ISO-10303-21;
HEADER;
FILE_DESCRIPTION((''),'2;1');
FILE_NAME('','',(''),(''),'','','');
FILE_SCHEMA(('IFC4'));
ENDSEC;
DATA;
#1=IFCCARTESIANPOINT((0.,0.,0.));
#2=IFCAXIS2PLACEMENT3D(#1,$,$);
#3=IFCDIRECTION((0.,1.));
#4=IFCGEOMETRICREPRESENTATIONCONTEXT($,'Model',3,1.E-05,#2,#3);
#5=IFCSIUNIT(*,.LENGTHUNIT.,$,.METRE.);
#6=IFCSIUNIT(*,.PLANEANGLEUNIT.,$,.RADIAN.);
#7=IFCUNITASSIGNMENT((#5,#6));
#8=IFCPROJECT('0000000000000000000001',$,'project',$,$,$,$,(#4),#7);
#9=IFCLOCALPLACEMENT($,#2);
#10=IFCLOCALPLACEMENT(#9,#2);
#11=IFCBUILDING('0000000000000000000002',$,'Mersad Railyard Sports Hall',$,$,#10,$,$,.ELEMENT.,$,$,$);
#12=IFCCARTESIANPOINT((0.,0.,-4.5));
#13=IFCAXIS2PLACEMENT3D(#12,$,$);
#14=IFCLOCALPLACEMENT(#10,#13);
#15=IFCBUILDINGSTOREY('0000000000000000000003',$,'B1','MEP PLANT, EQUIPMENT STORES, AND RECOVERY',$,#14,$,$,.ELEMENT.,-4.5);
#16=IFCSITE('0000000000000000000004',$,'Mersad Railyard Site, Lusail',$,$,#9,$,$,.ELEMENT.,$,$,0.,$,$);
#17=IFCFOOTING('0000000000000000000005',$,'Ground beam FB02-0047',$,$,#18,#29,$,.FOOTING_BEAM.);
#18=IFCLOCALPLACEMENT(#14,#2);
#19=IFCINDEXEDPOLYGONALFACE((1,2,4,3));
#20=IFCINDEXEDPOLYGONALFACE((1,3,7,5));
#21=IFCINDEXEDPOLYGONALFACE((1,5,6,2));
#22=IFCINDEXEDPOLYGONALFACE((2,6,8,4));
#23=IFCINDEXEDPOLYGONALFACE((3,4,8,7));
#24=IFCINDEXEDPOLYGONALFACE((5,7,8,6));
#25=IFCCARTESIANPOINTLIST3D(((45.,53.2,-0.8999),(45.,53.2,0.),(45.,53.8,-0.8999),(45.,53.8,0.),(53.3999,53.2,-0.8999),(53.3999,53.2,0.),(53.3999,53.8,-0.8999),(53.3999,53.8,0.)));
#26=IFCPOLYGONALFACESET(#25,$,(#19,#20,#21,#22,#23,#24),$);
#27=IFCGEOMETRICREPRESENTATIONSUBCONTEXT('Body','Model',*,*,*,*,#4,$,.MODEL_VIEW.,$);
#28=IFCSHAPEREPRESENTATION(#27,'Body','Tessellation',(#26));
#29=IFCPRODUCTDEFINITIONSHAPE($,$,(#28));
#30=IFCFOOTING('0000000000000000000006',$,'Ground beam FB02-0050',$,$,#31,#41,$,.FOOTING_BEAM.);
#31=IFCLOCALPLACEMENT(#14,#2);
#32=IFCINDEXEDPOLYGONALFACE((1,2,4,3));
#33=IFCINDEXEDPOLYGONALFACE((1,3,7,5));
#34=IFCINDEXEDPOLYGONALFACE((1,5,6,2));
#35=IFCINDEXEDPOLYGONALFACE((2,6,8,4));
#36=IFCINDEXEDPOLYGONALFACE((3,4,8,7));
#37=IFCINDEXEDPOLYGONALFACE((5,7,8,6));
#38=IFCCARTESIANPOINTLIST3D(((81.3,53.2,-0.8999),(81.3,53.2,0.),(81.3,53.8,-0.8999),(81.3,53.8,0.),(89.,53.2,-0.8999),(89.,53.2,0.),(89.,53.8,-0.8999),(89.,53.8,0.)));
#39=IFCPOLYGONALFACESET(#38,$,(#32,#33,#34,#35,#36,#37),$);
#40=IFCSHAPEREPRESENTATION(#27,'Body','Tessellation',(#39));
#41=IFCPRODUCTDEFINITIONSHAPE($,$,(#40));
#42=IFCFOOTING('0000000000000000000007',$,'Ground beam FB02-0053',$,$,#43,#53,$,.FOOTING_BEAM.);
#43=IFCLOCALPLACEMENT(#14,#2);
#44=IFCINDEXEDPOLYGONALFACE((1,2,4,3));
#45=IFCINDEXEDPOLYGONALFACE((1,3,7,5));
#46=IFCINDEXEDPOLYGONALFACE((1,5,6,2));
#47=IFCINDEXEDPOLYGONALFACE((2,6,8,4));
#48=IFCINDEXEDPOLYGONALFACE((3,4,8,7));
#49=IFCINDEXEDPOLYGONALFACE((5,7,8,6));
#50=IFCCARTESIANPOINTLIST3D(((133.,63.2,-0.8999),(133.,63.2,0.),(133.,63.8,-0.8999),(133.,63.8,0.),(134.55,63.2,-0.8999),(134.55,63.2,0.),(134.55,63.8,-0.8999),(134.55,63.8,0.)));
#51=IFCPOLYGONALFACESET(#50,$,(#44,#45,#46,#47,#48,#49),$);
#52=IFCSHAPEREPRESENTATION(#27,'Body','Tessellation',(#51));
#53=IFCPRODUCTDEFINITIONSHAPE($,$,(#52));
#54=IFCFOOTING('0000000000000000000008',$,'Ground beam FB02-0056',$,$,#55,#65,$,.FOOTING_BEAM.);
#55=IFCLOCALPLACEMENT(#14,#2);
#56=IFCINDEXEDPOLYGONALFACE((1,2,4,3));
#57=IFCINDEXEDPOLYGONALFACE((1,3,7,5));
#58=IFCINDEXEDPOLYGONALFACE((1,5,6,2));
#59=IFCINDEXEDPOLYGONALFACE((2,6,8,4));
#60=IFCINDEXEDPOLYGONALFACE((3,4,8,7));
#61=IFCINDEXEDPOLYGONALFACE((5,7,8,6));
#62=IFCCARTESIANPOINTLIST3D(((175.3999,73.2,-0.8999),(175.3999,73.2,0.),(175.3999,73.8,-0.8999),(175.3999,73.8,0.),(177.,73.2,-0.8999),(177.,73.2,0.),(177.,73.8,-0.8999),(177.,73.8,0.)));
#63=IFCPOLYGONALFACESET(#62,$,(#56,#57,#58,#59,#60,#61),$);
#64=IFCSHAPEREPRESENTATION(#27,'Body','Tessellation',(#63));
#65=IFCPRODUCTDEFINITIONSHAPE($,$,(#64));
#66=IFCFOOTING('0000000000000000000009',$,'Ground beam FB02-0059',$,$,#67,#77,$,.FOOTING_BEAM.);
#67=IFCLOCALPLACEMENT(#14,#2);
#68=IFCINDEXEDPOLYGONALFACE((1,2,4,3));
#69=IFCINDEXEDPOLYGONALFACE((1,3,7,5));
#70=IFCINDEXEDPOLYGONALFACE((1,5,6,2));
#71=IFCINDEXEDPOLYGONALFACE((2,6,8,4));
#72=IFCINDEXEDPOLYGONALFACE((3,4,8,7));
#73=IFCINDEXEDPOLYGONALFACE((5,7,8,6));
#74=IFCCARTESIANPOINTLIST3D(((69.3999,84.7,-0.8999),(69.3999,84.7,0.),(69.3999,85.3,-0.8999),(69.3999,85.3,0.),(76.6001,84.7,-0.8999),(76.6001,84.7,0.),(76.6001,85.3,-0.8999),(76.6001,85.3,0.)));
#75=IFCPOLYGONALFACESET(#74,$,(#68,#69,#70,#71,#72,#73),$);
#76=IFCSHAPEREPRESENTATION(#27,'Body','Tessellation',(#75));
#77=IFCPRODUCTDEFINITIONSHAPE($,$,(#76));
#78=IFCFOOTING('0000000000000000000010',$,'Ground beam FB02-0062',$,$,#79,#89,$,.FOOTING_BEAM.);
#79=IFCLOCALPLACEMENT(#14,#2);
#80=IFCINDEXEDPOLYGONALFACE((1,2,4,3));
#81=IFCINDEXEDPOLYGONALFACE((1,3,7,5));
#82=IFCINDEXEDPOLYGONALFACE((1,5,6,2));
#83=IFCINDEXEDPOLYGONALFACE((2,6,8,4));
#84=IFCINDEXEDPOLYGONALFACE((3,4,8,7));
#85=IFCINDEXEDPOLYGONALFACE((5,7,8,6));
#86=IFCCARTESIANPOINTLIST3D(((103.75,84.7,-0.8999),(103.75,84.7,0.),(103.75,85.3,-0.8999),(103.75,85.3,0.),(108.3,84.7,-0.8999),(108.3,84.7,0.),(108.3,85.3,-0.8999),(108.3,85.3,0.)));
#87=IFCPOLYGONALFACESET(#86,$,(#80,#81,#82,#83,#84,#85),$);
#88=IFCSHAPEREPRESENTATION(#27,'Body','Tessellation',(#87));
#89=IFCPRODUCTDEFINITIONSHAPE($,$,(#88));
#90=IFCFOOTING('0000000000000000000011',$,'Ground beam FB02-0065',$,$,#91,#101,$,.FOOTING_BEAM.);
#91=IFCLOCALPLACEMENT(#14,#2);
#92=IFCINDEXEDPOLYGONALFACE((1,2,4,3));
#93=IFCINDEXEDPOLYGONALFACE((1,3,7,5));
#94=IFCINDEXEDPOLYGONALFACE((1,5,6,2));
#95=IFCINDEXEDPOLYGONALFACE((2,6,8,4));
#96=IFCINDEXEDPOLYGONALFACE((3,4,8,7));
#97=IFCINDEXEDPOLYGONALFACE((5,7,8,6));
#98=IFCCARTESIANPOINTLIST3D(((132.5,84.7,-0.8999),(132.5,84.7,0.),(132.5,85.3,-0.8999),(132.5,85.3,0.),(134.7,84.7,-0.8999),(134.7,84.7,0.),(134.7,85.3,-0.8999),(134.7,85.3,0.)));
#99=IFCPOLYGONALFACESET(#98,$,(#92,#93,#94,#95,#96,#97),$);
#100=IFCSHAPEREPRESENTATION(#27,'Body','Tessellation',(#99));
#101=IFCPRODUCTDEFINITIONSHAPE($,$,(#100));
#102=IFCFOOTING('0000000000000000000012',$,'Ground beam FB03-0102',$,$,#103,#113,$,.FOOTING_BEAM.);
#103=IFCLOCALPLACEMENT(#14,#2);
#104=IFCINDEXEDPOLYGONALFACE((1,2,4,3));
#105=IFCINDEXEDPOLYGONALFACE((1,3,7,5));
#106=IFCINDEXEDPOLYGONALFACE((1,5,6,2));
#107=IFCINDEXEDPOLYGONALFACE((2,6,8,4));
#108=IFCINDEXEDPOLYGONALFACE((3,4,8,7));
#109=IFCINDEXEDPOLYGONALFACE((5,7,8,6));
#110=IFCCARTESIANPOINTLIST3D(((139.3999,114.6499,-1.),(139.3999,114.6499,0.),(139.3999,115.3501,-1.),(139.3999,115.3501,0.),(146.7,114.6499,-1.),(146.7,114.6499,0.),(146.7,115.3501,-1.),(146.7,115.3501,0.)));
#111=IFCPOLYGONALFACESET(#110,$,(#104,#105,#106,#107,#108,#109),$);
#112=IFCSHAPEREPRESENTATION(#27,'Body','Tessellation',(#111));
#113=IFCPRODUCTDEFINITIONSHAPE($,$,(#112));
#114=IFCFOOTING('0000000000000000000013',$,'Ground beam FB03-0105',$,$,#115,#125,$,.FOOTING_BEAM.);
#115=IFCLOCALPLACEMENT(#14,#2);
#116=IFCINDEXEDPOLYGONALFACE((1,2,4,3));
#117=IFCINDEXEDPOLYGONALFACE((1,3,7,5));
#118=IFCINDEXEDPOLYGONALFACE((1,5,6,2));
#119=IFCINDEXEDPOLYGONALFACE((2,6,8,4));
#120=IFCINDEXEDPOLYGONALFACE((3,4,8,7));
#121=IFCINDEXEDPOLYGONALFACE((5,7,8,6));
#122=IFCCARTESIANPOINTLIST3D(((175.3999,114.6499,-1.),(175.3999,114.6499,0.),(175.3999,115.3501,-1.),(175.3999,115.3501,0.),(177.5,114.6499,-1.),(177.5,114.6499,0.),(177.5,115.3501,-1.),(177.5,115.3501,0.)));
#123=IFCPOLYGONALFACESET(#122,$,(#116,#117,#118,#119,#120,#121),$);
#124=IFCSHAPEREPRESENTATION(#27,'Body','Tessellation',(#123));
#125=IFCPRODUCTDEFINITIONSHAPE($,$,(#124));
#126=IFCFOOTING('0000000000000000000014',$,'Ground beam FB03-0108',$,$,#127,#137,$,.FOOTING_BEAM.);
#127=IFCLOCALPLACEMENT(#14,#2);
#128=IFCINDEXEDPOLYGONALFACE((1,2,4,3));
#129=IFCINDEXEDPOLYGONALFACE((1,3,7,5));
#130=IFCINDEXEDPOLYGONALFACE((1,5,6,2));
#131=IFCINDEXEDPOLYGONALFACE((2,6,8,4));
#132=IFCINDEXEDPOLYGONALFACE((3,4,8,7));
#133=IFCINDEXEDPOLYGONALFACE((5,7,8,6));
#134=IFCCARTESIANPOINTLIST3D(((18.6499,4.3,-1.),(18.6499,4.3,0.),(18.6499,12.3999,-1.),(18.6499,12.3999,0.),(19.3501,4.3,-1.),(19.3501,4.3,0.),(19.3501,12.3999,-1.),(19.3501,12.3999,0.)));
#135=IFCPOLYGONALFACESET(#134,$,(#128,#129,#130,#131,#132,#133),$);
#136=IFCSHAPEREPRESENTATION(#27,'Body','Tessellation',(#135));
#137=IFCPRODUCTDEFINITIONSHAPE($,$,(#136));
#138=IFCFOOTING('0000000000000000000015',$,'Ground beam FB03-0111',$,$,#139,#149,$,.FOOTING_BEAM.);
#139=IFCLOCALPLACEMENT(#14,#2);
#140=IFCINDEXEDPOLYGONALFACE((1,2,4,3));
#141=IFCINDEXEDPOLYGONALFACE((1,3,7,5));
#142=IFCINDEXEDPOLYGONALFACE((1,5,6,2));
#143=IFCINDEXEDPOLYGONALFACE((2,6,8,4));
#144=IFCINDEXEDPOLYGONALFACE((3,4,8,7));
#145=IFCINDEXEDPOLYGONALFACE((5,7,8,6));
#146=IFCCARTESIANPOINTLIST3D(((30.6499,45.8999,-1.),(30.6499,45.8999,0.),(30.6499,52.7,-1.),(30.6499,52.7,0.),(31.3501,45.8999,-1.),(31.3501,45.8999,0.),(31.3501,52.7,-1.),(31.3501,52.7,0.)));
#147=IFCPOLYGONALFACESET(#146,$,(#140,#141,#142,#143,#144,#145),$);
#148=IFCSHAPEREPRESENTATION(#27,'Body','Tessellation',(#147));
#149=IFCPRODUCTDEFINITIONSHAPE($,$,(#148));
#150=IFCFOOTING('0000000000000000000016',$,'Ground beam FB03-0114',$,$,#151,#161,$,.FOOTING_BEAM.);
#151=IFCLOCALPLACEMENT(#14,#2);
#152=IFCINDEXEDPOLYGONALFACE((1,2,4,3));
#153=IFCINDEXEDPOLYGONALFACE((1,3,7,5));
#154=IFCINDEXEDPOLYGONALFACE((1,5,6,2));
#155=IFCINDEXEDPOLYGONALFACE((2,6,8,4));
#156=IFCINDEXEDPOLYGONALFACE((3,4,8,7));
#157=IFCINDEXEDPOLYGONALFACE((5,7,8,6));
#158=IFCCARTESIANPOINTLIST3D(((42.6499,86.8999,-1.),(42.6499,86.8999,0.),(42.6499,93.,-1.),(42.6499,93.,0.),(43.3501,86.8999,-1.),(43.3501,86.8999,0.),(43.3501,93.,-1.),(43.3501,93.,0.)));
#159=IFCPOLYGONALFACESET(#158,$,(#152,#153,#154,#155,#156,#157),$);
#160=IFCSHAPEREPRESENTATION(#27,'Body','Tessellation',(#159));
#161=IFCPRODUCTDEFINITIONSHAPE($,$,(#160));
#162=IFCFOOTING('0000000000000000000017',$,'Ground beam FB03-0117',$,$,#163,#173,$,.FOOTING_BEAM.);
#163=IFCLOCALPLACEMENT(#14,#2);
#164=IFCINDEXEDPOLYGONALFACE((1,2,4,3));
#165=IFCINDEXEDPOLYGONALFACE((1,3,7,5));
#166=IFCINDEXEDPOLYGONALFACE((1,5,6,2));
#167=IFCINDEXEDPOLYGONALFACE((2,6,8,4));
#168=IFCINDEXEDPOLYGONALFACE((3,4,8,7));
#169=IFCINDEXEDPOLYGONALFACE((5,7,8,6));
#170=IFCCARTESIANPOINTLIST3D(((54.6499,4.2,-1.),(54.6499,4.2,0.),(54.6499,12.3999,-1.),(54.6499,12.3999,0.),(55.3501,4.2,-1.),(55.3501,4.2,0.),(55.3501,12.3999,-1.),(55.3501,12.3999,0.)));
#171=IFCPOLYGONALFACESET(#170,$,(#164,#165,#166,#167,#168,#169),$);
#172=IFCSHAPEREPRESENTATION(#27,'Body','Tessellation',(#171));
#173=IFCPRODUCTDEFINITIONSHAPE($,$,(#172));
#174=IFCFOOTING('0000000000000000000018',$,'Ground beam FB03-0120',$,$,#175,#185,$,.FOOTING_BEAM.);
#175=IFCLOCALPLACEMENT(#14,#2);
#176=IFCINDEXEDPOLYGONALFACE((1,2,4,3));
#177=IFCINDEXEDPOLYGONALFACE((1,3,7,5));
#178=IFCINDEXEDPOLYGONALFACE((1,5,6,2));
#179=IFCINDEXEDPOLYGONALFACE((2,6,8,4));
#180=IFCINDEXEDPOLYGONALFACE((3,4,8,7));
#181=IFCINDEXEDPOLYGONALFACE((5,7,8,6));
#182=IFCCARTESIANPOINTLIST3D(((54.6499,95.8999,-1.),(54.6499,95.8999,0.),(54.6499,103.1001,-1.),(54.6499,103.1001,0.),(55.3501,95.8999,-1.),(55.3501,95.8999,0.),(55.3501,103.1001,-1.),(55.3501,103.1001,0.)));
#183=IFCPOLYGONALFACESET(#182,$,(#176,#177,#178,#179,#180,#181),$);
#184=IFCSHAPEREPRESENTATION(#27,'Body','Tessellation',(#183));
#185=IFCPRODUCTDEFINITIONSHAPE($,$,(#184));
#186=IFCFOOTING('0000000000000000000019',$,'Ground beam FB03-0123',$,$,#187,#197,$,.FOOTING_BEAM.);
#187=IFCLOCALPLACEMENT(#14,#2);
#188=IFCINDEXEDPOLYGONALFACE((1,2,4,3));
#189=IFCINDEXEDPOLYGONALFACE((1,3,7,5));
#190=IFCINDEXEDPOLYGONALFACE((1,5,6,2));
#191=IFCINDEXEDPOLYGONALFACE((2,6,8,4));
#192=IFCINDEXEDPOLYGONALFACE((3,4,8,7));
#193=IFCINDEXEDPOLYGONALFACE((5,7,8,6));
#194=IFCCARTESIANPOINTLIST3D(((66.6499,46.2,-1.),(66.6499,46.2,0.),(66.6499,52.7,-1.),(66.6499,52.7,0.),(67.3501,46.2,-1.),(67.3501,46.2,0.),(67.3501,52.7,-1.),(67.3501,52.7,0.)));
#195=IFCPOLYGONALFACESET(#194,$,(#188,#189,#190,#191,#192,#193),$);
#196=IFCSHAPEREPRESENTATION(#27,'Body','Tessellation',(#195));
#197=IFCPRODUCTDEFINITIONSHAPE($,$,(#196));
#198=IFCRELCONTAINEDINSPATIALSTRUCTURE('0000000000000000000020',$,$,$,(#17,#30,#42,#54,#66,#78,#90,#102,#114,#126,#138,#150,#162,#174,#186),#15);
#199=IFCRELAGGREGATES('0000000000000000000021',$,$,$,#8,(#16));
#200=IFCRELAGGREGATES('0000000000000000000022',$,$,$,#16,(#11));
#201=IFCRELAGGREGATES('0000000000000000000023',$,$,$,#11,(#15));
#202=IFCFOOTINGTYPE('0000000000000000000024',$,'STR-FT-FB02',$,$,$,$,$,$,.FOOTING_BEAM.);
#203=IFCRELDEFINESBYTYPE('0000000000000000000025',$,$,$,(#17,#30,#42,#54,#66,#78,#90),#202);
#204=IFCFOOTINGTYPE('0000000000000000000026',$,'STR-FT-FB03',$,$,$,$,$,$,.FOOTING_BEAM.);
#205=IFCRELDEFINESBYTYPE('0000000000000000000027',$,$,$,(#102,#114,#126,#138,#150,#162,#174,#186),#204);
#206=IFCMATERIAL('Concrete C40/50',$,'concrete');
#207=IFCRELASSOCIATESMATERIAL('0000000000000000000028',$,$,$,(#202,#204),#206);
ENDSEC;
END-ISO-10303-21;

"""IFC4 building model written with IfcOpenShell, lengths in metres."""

from ifc_helpers import new_model, si_unit, direction, frame, origin, place, context, subcontext, project, spatial, polyline, outline, extrude, material, type_object, element, save


model = new_model("IFC4")

# Units and contexts
model_context = context("Model", 3, precision=1e-05, world=origin(), true_north=direction((0.0, 1.0)))
body_context = subcontext(model_context, "Body", "Model", "MODEL_VIEW")
ifc_project = project(units=[si_unit("LENGTHUNIT", "METRE"), si_unit("PLANEANGLEUNIT", "RADIAN")], contexts=[model_context])

# Site, building, storey
site_placement = place(None, origin())
site = spatial("IfcSite", under=ifc_project, at=site_placement, Name="Mersad Railyard Site, Lusail", CompositionType="ELEMENT", RefElevation=0.0)
building_placement = place(site_placement, origin())
building = spatial("IfcBuilding", under=site, at=building_placement, Name="Mersad Railyard Sports Hall", CompositionType="ELEMENT")
storey_placement = place(building_placement, frame((0.0, 0.0, -4.5)))
storey = spatial("IfcBuildingStorey", under=building, at=storey_placement, Name="B1", Description="MEP PLANT, EQUIPMENT STORES, AND RECOVERY", CompositionType="ELEMENT", Elevation=-4.5)

# Footings
ifc_material = material(Name="Concrete C40/50", Category="concrete")
footing_type_1 = type_object("IfcFootingType", Name="STR-FT-FB02", PredefinedType="FOOTING_BEAM", material=ifc_material)
footing_1_placement = place(storey_placement, frame((0.0, 0.0, -0.8999)))
element("IfcFooting", 1, at=footing_1_placement, inside=storey, type_object=footing_type_1, Name="Ground beam FB02-0047", PredefinedType="FOOTING_BEAM", context=body_context, shape_type="SweptSolid", body=[
    extrude(outline(polyline([(45.0, 53.2), (53.3999, 53.2), (53.3999, 53.8), (45.0, 53.8), (45.0, 53.2)])), origin(), (0.0, 0.0, 1.0), 0.8999),
])
footing_2_placement = place(storey_placement, frame((0.0, 0.0, -0.8999)))
element("IfcFooting", 2, at=footing_2_placement, inside=storey, type_object=footing_type_1, Name="Ground beam FB02-0050", PredefinedType="FOOTING_BEAM", context=body_context, shape_type="SweptSolid", body=[
    extrude(outline(polyline([(81.3, 53.2), (89.0, 53.2), (89.0, 53.8), (81.3, 53.8), (81.3, 53.2)])), origin(), (0.0, 0.0, 1.0), 0.8999),
])
footing_3_placement = place(storey_placement, frame((0.0, 0.0, -0.8999)))
element("IfcFooting", 3, at=footing_3_placement, inside=storey, type_object=footing_type_1, Name="Ground beam FB02-0053", PredefinedType="FOOTING_BEAM", context=body_context, shape_type="SweptSolid", body=[
    extrude(outline(polyline([(133.0, 63.2), (134.55, 63.2), (134.55, 63.8), (133.0, 63.8), (133.0, 63.2)])), origin(), (0.0, 0.0, 1.0), 0.8999),
])
footing_4_placement = place(storey_placement, frame((0.0, 0.0, -0.8999)))
element("IfcFooting", 4, at=footing_4_placement, inside=storey, type_object=footing_type_1, Name="Ground beam FB02-0056", PredefinedType="FOOTING_BEAM", context=body_context, shape_type="SweptSolid", body=[
    extrude(outline(polyline([(175.3999, 73.2), (177.0, 73.2), (177.0, 73.8), (175.3999, 73.8), (175.3999, 73.2)])), origin(), (0.0, 0.0, 1.0), 0.8999),
])
footing_5_placement = place(storey_placement, frame((0.0, 0.0, -0.8999)))
element("IfcFooting", 5, at=footing_5_placement, inside=storey, type_object=footing_type_1, Name="Ground beam FB02-0059", PredefinedType="FOOTING_BEAM", context=body_context, shape_type="SweptSolid", body=[
    extrude(outline(polyline([(69.3999, 84.7), (76.6001, 84.7), (76.6001, 85.3), (69.3999, 85.3), (69.3999, 84.7)])), origin(), (0.0, 0.0, 1.0), 0.8999),
])
footing_6_placement = place(storey_placement, frame((0.0, 0.0, -0.8999)))
element("IfcFooting", 6, at=footing_6_placement, inside=storey, type_object=footing_type_1, Name="Ground beam FB02-0062", PredefinedType="FOOTING_BEAM", context=body_context, shape_type="SweptSolid", body=[
    extrude(outline(polyline([(103.75, 84.7), (108.3, 84.7), (108.3, 85.3), (103.75, 85.3), (103.75, 84.7)])), origin(), (0.0, 0.0, 1.0), 0.8999),
])
footing_7_placement = place(storey_placement, frame((0.0, 0.0, -0.8999)))
element("IfcFooting", 7, at=footing_7_placement, inside=storey, type_object=footing_type_1, Name="Ground beam FB02-0065", PredefinedType="FOOTING_BEAM", context=body_context, shape_type="SweptSolid", body=[
    extrude(outline(polyline([(132.5, 84.7), (134.7, 84.7), (134.7, 85.3), (132.5, 85.3), (132.5, 84.7)])), origin(), (0.0, 0.0, 1.0), 0.8999),
])
footing_type_2 = type_object("IfcFootingType", Name="STR-FT-FB03", PredefinedType="FOOTING_BEAM", material=ifc_material)
footing_8_placement = place(storey_placement, frame((0.0, 0.0, -1.0)))
element("IfcFooting", 8, at=footing_8_placement, inside=storey, type_object=footing_type_2, Name="Ground beam FB03-0102", PredefinedType="FOOTING_BEAM", context=body_context, shape_type="SweptSolid", body=[
    extrude(outline(polyline([(139.3999, 114.6499), (146.7, 114.6499), (146.7, 115.3501), (139.3999, 115.3501), (139.3999, 114.6499)])), origin(), (0.0, 0.0, 1.0), 1.0),
])
footing_9_placement = place(storey_placement, frame((0.0, 0.0, -1.0)))
element("IfcFooting", 9, at=footing_9_placement, inside=storey, type_object=footing_type_2, Name="Ground beam FB03-0105", PredefinedType="FOOTING_BEAM", context=body_context, shape_type="SweptSolid", body=[
    extrude(outline(polyline([(175.3999, 114.6499), (177.5, 114.6499), (177.5, 115.3501), (175.3999, 115.3501), (175.3999, 114.6499)])), origin(), (0.0, 0.0, 1.0), 1.0),
])
footing_10_placement = place(storey_placement, frame((0.0, 0.0, -1.0)))
element("IfcFooting", 10, at=footing_10_placement, inside=storey, type_object=footing_type_2, Name="Ground beam FB03-0108", PredefinedType="FOOTING_BEAM", context=body_context, shape_type="SweptSolid", body=[
    extrude(outline(polyline([(18.6499, 4.3), (19.3501, 4.3), (19.3501, 12.3999), (18.6499, 12.3999), (18.6499, 4.3)])), origin(), (0.0, 0.0, 1.0), 1.0),
])
footing_11_placement = place(storey_placement, frame((0.0, 0.0, -1.0)))
element("IfcFooting", 11, at=footing_11_placement, inside=storey, type_object=footing_type_2, Name="Ground beam FB03-0111", PredefinedType="FOOTING_BEAM", context=body_context, shape_type="SweptSolid", body=[
    extrude(outline(polyline([(30.6499, 45.8999), (31.3501, 45.8999), (31.3501, 52.7), (30.6499, 52.7), (30.6499, 45.8999)])), origin(), (0.0, 0.0, 1.0), 1.0),
])
footing_12_placement = place(storey_placement, frame((0.0, 0.0, -1.0)))
element("IfcFooting", 12, at=footing_12_placement, inside=storey, type_object=footing_type_2, Name="Ground beam FB03-0114", PredefinedType="FOOTING_BEAM", context=body_context, shape_type="SweptSolid", body=[
    extrude(outline(polyline([(42.6499, 86.8999), (43.3501, 86.8999), (43.3501, 93.0), (42.6499, 93.0), (42.6499, 86.8999)])), origin(), (0.0, 0.0, 1.0), 1.0),
])
footing_13_placement = place(storey_placement, frame((0.0, 0.0, -1.0)))
element("IfcFooting", 13, at=footing_13_placement, inside=storey, type_object=footing_type_2, Name="Ground beam FB03-0117", PredefinedType="FOOTING_BEAM", context=body_context, shape_type="SweptSolid", body=[
    extrude(outline(polyline([(54.6499, 4.2), (55.3501, 4.2), (55.3501, 12.3999), (54.6499, 12.3999), (54.6499, 4.2)])), origin(), (0.0, 0.0, 1.0), 1.0),
])
footing_14_placement = place(storey_placement, frame((0.0, 0.0, -1.0)))
element("IfcFooting", 14, at=footing_14_placement, inside=storey, type_object=footing_type_2, Name="Ground beam FB03-0120", PredefinedType="FOOTING_BEAM", context=body_context, shape_type="SweptSolid", body=[
    extrude(outline(polyline([(54.6499, 95.8999), (55.3501, 95.8999), (55.3501, 103.1001), (54.6499, 103.1001), (54.6499, 95.8999)])), origin(), (0.0, 0.0, 1.0), 1.0),
])
footing_15_placement = place(storey_placement, frame((0.0, 0.0, -1.0)))
element("IfcFooting", 15, at=footing_15_placement, inside=storey, type_object=footing_type_2, Name="Ground beam FB03-0123", PredefinedType="FOOTING_BEAM", context=body_context, shape_type="SweptSolid", body=[
    extrude(outline(polyline([(66.6499, 46.2), (67.3501, 46.2), (67.3501, 52.7), (66.6499, 52.7), (66.6499, 46.2)])), origin(), (0.0, 0.0, 1.0), 1.0),
])

save(model, "model.ifc")
